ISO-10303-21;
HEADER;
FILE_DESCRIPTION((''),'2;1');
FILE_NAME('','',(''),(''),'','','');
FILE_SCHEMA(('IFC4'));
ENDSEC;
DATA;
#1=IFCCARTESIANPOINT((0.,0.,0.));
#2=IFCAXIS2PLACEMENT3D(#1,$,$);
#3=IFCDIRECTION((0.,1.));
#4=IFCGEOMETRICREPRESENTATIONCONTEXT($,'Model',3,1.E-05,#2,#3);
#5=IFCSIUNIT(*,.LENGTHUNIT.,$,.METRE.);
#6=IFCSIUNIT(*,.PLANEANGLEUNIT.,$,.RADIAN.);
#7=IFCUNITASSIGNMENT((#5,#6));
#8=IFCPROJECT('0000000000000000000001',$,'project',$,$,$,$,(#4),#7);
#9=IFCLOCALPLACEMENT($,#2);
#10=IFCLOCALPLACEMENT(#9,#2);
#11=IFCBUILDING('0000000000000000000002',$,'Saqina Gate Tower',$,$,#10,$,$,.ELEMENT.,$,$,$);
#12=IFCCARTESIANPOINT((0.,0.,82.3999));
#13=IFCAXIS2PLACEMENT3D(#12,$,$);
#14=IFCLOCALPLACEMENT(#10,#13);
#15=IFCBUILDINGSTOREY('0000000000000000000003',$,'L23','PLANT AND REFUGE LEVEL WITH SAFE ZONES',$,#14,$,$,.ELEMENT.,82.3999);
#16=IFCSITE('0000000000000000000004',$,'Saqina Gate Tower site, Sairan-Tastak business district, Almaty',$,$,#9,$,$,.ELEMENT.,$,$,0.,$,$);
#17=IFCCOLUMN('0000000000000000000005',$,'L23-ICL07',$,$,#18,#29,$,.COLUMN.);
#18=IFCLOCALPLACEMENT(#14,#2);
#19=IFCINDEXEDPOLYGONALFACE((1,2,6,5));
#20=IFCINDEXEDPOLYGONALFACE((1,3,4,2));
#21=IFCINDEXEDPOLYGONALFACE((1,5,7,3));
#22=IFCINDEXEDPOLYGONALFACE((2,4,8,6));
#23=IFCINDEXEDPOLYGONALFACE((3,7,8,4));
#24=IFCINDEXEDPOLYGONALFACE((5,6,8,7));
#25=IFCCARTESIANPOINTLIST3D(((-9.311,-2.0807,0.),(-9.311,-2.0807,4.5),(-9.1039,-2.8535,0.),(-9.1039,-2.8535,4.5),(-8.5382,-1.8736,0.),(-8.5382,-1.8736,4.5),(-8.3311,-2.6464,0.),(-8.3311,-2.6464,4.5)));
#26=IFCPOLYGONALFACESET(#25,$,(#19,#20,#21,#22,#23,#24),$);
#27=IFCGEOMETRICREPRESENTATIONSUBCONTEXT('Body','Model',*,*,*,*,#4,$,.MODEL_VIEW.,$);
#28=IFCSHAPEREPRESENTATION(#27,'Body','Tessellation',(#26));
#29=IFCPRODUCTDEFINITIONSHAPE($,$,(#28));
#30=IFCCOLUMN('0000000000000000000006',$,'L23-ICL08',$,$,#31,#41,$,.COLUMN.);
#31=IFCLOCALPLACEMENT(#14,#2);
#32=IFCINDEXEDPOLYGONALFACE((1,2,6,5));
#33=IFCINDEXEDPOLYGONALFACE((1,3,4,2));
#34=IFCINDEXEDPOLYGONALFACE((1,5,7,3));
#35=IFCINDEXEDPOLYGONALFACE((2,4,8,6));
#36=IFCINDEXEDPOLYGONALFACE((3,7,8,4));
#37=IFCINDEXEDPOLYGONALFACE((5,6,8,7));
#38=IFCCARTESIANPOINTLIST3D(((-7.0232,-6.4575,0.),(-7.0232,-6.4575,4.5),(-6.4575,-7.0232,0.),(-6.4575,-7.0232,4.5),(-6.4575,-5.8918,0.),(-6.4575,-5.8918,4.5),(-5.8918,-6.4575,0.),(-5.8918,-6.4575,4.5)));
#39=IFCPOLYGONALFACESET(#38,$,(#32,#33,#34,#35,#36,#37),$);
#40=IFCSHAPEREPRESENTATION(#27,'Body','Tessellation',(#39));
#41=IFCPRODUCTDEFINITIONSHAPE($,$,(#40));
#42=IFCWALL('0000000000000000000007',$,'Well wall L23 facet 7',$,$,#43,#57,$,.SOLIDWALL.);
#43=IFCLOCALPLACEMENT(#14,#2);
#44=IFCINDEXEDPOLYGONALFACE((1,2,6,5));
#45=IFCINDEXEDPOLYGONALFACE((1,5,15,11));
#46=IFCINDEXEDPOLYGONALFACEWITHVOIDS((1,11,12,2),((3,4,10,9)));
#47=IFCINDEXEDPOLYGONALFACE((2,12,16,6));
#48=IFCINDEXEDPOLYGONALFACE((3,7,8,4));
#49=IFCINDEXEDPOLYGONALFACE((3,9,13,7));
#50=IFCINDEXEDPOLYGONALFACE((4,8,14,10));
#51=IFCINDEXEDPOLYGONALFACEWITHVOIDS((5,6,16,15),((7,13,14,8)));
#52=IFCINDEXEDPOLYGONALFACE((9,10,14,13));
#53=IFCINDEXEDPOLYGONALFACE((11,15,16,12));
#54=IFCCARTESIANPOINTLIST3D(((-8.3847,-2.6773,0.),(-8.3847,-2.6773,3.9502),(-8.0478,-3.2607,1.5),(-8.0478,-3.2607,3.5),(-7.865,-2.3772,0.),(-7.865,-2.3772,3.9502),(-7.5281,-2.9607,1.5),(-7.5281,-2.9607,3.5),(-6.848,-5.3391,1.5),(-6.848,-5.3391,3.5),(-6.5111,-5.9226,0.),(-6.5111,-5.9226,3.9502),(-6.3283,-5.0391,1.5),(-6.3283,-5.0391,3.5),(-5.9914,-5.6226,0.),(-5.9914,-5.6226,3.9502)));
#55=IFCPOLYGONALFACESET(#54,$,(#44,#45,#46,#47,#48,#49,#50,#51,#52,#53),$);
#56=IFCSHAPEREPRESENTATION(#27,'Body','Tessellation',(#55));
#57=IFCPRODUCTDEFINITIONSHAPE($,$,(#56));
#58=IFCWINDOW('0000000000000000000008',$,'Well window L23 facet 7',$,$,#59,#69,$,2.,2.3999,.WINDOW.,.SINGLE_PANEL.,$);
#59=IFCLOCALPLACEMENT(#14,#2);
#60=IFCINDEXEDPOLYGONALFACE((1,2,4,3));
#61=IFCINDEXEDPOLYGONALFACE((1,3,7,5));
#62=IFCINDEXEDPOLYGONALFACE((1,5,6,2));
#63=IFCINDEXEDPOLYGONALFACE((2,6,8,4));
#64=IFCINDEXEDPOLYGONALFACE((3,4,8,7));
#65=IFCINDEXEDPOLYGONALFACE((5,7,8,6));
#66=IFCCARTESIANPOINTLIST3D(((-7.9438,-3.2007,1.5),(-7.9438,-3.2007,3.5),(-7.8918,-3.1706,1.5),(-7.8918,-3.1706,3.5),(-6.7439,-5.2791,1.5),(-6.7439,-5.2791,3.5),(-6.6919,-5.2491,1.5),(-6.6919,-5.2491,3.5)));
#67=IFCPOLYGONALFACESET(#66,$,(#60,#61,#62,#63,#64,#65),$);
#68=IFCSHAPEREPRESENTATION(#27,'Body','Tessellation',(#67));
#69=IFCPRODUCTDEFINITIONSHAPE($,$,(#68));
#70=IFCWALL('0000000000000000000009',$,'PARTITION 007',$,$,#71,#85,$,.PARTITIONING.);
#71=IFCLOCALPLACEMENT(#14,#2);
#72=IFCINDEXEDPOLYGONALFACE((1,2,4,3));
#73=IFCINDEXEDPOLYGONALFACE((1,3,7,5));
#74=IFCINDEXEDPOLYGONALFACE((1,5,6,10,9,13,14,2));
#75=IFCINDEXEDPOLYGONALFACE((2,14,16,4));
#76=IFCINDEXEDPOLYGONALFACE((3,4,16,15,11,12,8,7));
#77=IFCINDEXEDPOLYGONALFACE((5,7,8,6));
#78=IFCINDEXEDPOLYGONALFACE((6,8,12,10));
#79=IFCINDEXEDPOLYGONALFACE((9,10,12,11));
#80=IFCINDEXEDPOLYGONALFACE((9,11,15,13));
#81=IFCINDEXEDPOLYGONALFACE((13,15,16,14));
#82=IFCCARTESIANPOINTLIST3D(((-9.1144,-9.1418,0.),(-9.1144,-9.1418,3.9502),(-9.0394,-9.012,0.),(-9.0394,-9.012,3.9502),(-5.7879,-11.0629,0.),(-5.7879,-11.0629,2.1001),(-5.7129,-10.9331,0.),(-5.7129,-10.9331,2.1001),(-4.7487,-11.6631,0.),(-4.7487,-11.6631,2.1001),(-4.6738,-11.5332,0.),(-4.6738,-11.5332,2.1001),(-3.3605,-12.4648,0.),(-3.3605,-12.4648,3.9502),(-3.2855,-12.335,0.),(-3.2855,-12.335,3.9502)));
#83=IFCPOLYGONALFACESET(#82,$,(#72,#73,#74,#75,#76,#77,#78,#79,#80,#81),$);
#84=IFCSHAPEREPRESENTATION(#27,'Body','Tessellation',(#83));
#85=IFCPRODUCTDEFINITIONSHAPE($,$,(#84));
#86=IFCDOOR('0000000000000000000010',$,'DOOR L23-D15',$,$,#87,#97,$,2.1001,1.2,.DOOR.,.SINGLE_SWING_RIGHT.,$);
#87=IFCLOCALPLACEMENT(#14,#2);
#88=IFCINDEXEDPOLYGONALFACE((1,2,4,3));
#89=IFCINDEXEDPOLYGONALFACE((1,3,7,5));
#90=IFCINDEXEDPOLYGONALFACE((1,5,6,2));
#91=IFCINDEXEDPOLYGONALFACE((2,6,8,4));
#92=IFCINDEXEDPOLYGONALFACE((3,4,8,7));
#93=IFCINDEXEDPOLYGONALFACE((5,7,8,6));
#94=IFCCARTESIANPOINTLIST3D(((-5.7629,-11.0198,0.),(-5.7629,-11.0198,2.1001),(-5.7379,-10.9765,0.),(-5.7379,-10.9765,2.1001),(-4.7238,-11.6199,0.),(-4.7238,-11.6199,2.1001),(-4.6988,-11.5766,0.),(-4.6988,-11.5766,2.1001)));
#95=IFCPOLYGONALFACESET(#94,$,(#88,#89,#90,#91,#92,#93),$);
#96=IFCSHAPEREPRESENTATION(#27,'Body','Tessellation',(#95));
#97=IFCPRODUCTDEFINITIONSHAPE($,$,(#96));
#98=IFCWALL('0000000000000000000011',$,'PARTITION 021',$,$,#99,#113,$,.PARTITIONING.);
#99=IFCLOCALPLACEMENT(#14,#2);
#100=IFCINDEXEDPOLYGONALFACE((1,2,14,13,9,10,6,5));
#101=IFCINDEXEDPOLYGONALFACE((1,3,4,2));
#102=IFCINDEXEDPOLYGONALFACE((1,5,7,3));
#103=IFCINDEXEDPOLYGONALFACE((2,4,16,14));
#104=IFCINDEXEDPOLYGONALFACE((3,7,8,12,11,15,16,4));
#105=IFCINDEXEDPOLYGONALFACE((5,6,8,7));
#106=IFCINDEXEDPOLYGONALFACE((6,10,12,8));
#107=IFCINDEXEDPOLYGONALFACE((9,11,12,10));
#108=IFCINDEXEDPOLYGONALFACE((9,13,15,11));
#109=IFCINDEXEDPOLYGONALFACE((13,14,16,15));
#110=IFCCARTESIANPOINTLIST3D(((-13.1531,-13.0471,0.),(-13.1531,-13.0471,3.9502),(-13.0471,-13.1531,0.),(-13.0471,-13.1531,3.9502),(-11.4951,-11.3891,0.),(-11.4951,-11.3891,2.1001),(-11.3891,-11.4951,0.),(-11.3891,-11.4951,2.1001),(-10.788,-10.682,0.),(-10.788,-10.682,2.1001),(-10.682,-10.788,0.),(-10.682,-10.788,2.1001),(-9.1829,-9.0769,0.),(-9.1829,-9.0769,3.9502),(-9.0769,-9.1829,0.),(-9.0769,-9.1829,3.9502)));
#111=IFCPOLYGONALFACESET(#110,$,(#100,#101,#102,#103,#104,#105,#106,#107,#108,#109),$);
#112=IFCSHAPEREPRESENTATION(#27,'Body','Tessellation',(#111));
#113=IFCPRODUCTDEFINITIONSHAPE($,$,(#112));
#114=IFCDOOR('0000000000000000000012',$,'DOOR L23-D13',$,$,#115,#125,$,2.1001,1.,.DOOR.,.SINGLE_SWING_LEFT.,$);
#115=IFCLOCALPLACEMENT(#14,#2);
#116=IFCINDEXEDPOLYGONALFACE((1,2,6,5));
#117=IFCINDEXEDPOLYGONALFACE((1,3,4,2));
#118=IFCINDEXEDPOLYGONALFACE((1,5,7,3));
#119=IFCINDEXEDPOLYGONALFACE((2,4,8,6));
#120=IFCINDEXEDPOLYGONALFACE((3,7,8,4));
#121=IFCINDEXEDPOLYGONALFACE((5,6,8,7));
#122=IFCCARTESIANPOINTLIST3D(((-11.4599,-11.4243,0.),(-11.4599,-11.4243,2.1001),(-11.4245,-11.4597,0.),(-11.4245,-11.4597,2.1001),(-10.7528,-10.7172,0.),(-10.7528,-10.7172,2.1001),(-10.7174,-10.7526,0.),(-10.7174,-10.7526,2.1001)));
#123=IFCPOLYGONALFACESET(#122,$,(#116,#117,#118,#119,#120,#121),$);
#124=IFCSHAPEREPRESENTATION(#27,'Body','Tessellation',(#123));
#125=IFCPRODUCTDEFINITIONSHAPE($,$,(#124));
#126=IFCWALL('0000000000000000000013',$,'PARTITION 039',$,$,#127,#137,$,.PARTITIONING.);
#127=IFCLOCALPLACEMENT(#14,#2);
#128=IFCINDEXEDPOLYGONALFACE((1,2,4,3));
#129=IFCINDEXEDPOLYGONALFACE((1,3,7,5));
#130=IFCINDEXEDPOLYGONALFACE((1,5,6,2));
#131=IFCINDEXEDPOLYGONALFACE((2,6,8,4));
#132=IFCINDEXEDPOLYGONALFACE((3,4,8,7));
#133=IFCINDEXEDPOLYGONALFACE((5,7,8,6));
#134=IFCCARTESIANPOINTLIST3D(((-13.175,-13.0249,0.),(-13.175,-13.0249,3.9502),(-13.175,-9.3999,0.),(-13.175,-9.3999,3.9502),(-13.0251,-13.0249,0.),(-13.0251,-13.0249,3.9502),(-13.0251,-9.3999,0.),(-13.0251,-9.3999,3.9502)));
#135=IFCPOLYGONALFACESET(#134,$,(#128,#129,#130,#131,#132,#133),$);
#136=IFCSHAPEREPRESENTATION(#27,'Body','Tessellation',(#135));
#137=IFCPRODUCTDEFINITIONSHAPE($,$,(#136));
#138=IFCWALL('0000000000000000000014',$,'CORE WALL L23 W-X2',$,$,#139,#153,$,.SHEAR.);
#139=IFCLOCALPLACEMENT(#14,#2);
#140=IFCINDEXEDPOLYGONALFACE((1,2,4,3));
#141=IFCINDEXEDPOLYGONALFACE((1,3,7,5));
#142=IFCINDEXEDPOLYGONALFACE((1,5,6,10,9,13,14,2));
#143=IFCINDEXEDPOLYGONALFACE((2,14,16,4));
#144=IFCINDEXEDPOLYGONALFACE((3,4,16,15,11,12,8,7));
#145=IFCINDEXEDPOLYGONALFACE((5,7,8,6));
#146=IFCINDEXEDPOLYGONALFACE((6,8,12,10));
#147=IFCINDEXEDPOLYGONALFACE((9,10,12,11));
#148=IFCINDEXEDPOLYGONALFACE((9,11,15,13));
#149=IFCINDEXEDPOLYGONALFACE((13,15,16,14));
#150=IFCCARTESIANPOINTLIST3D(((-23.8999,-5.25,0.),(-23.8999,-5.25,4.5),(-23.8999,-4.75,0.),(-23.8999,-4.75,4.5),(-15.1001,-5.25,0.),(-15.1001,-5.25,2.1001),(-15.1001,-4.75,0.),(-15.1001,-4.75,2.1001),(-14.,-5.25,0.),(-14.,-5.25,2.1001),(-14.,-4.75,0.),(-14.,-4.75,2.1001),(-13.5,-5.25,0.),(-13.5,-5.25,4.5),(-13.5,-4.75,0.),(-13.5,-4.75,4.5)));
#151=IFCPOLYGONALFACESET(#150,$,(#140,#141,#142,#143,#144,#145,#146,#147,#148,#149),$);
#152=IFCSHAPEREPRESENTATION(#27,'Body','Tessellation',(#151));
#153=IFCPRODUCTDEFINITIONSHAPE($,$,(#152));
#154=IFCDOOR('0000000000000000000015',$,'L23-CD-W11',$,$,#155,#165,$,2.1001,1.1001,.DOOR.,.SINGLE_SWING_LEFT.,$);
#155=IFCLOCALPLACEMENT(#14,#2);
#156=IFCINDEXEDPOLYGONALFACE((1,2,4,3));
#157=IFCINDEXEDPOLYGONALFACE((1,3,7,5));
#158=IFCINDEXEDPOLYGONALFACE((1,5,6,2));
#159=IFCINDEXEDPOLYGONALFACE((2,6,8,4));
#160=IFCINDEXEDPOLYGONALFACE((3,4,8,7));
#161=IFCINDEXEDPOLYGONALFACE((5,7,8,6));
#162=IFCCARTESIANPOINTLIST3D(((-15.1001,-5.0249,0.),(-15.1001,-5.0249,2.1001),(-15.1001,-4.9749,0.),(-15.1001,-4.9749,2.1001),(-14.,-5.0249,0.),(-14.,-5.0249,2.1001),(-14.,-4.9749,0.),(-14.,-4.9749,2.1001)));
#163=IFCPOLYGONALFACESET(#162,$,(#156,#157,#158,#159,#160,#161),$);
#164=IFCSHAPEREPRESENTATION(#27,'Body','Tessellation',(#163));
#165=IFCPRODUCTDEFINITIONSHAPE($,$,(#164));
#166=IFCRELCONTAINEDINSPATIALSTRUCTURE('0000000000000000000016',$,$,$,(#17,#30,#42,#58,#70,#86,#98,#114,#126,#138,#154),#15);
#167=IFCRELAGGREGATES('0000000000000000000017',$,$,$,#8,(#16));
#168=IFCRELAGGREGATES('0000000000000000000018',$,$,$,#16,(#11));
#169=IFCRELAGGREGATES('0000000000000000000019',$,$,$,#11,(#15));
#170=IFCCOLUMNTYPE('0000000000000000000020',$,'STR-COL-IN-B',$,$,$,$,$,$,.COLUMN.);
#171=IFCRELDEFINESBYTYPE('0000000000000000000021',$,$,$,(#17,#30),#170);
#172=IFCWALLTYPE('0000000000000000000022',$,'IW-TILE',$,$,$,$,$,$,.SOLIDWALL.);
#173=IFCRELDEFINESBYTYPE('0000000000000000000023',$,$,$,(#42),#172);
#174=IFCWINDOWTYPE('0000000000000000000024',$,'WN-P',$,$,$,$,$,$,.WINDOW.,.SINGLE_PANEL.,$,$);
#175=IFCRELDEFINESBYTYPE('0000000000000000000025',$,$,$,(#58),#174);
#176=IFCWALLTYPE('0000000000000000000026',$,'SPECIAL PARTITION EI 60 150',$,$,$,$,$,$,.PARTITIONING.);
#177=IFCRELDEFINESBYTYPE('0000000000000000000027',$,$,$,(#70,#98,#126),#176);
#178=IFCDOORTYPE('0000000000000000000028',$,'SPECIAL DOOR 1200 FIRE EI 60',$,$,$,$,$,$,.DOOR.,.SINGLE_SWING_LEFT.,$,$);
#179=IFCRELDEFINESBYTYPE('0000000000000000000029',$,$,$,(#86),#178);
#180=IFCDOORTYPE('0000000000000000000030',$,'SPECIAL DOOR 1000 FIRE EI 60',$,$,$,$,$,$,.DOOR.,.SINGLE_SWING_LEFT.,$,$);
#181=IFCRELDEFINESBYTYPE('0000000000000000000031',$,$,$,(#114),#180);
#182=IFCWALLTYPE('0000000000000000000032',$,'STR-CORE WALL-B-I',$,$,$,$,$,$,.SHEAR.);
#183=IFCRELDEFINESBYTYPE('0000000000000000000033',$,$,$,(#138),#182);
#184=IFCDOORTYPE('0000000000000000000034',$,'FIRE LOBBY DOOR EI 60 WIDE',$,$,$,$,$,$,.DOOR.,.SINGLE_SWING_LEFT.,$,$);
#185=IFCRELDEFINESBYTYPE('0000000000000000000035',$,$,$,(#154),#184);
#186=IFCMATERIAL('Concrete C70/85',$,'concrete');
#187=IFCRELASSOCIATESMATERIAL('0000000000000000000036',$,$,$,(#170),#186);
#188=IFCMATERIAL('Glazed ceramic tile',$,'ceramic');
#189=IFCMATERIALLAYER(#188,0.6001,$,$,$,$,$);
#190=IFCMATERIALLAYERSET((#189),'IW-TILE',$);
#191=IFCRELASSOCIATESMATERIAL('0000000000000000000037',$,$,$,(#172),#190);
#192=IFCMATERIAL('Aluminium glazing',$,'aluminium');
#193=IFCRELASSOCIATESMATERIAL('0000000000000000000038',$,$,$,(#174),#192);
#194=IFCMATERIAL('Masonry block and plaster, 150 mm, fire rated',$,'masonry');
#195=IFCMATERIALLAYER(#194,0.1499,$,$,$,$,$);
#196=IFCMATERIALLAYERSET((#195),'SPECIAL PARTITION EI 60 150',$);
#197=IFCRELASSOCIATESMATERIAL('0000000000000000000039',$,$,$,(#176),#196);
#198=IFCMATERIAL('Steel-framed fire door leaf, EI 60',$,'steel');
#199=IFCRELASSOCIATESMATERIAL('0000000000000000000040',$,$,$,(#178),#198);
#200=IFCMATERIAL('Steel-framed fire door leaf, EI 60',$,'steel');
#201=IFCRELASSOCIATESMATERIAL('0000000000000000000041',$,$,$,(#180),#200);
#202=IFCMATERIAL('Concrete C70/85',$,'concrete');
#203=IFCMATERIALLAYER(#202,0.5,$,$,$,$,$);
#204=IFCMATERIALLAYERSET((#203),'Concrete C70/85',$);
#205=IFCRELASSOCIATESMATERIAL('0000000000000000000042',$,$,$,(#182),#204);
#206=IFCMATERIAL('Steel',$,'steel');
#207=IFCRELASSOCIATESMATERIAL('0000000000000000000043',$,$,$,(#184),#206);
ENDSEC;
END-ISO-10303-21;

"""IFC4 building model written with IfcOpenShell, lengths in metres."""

from ifc_helpers import new_model, si_unit, direction, frame, frame_2d, origin, origin_2d, place, context, subcontext, project, spatial, rectangle, extrude, material, layer, layer_set, material_profile, profile_set, type_object, element, fill, save


model = new_model("IFC4")

# Units and contexts
model_context = context("Model", 3, precision=1e-05, world=origin(), true_north=direction((0.0, 1.0)))
body_context = subcontext(model_context, "Body", "Model", "MODEL_VIEW")
ifc_project = project(units=[si_unit("LENGTHUNIT", "METRE"), si_unit("PLANEANGLEUNIT", "RADIAN")], contexts=[model_context])

# Site, building, storey
site_placement = place(None, origin())
site = spatial("IfcSite", under=ifc_project, at=site_placement, Name="Saqina Gate Tower site, Sairan-Tastak business district, Almaty", CompositionType="ELEMENT", RefElevation=0.0)
building_placement = place(site_placement, origin())
building = spatial("IfcBuilding", under=site, at=building_placement, Name="Saqina Gate Tower", CompositionType="ELEMENT")
storey_placement = place(building_placement, frame((0.0, 0.0, 82.3999)))
storey = spatial("IfcBuildingStorey", under=building, at=storey_placement, Name="L23", Description="PLANT AND REFUGE LEVEL WITH SAFE ZONES", CompositionType="ELEMENT", Elevation=82.3999)

# Columns
ifc_material_1 = material(Name="Concrete C70/85", Category="concrete")
ifc_material_profile = material_profile(ifc_material_1, rectangle(XDim=0.8, YDim=0.8, at=origin_2d()), Name="RC 800x800")
ifc_profile_set = profile_set([ifc_material_profile], Name="Concrete C70/85")
column_type = type_object("IfcColumnType", Name="STR-COL-IN-B", PredefinedType="COLUMN", material=ifc_profile_set)
for number, where, z_axis, x_axis, name in (
    (1, (-8.821, -2.3635, 0.0), (0.0, 0.0, 1.0), (-0.965926, -0.258819, 0.0), "L23-ICL07"),
    (2, (-6.4575, -6.4575, 0.0), (0.0, 0.0, 1.0), (-0.707107, -0.707107, 0.0), "L23-ICL08"),
):
    element("IfcColumn", number, at=place(storey_placement, frame(where, z_axis=z_axis, x_axis=x_axis)), inside=storey, type_object=column_type, Name=name, PredefinedType="COLUMN", context=body_context, shape_type="SweptSolid", body=[
        extrude(rectangle(XDim=0.8, YDim=0.8, at=origin_2d()), origin(), (0.0, 0.0, 1.0), 4.5),
    ])

# Wall, opening, window
ifc_material_2 = material(Name="Glazed ceramic tile", Category="ceramic")
ifc_layer_1 = layer(ifc_material_2, 0.6001)
ifc_layer_set_1 = layer_set([ifc_layer_1], Name="IW-TILE")
wall_type_1 = type_object("IfcWallType", Name="IW-TILE", PredefinedType="SOLIDWALL", material=ifc_layer_set_1)
wall_1_placement = place(storey_placement, frame((-8.1248, -2.5273, 0.0), z_axis=(0.0, 0.0, 1.0), x_axis=(0.499965, -0.866046, 0.0)))
wall_1 = element("IfcWall", 3, at=wall_1_placement, inside=storey, type_object=wall_type_1, Name="Well wall L23 facet 7", PredefinedType="SOLIDWALL", context=body_context, shape_type="SweptSolid", body=[
    extrude(rectangle(XDim=3.7473, YDim=0.6001, at=frame_2d((1.8735, 0.0))), origin(), (0.0, 0.0, 1.0), 3.9502),
])
opening_1_placement = place(wall_1_placement, frame((0.6736, 0.0, 1.5)))
opening_1 = element("IfcOpeningElement", 4, at=opening_1_placement, cuts=wall_1, PredefinedType="OPENING", context=body_context, shape_type="SweptSolid", body=[
    extrude(rectangle(XDim=2.3999, YDim=2.0, at=frame_2d((1.2, 1.0))), frame((0.0, 0.312, 0.0), z_axis=(0.0, -1.0, 0.0), x_axis=(1.0, 0.0, 0.0)), (0.0, 0.0, 1.0), 0.624),
])
ifc_material_3 = material(Name="Aluminium glazing", Category="aluminium")
window_type = type_object("IfcWindowType", Name="WN-P", PartitioningType="SINGLE_PANEL", PredefinedType="WINDOW", material=ifc_material_3)
window_placement = place(opening_1_placement, origin())
window = element("IfcWindow", 5, at=window_placement, inside=storey, type_object=window_type, Name="Well window L23 facet 7", OverallHeight=2.0, OverallWidth=2.3999, PartitioningType="SINGLE_PANEL", PredefinedType="WINDOW", context=body_context, shape_type="SweptSolid", body=[
    extrude(rectangle(XDim=2.3999, YDim=2.0, at=frame_2d((1.2, 1.0))), frame((0.0, -0.1199, 0.0), z_axis=(0.0, -1.0, 0.0), x_axis=(1.0, 0.0, 0.0)), (0.0, 0.0, 1.0), 0.0601),
])
fill(opening_1, window)

# Walls, openings, doors
ifc_material_4 = material(Name="Masonry block and plaster, 150 mm, fire rated", Category="masonry")
ifc_layer_2 = layer(ifc_material_4, 0.1499)
ifc_layer_set_2 = layer_set([ifc_layer_2], Name="SPECIAL PARTITION EI 60 150")
wall_type_2 = type_object("IfcWallType", Name="SPECIAL PARTITION EI 60 150", PredefinedType="PARTITIONING", material=ifc_layer_set_2)
wall_2_placement = place(storey_placement, frame((-9.0769, -9.0769, 0.0), z_axis=(0.0, 0.0, 1.0), x_axis=(0.865962, -0.50011, 0.0)))
wall_2 = element("IfcWall", 6, at=wall_2_placement, inside=storey, type_object=wall_type_2, Name="PARTITION 007", PredefinedType="PARTITIONING", context=body_context, shape_type="SweptSolid", body=[
    extrude(rectangle(XDim=6.6445, YDim=0.1499, at=frame_2d((3.3223, 0.0))), origin(), (0.0, 0.0, 1.0), 3.9502),
])
opening_2_placement = place(wall_2_placement, frame((3.8413, 0.0, 0.0)))
opening_2 = element("IfcOpeningElement", 7, at=opening_2_placement, cuts=wall_2, PredefinedType="OPENING", context=body_context, shape_type="SweptSolid", body=[
    extrude(rectangle(XDim=1.2, YDim=2.1001, at=frame_2d((0.6001, 1.05))), frame((0.0, 0.0869, 0.0), z_axis=(0.0, -1.0, 0.0), x_axis=(1.0, 0.0, 0.0)), (0.0, 0.0, 1.0), 0.1738),
])
ifc_material_5 = material(Name="Steel-framed fire door leaf, EI 60", Category="steel")
door_type_1 = type_object("IfcDoorType", Name="SPECIAL DOOR 1200 FIRE EI 60", OperationType="SINGLE_SWING_LEFT", PredefinedType="DOOR", material=ifc_material_5)
door_1_placement = place(opening_2_placement, origin())
door_1 = element("IfcDoor", 8, at=door_1_placement, inside=storey, type_object=door_type_1, Name="DOOR L23-D15", OperationType="SINGLE_SWING_RIGHT", OverallHeight=2.1001, OverallWidth=1.2, PredefinedType="DOOR", context=body_context, shape_type="SweptSolid", body=[
    extrude(rectangle(XDim=1.2, YDim=2.1001, at=frame_2d((0.6001, 1.05))), frame((0.0, 0.0249, 0.0), z_axis=(0.0, -1.0, 0.0), x_axis=(1.0, 0.0, 0.0)), (0.0, 0.0, 1.0), 0.05),
])
fill(opening_2, door_1)
wall_3_placement = place(storey_placement, frame((-13.1001, -13.1001, 0.0), z_axis=(0.0, 0.0, 1.0), x_axis=(0.707107, 0.707107, 0.0)))
wall_3 = element("IfcWall", 9, at=wall_3_placement, inside=storey, type_object=wall_type_2, Name="PARTITION 021", PredefinedType="PARTITIONING", context=body_context, shape_type="SweptSolid", body=[
    extrude(rectangle(XDim=5.6147, YDim=0.1499, at=frame_2d((2.8074, 0.0))), origin(), (0.0, 0.0, 1.0), 3.9502),
])
opening_3_placement = place(wall_3_placement, frame((2.3447, 0.0, 0.0)))
opening_3 = element("IfcOpeningElement", 10, at=opening_3_placement, cuts=wall_3, PredefinedType="OPENING", context=body_context, shape_type="SweptSolid", body=[
    extrude(rectangle(XDim=1.0, YDim=2.1001, at=frame_2d((0.5, 1.05))), frame((0.0, 0.0869, 0.0), z_axis=(0.0, -1.0, 0.0), x_axis=(1.0, 0.0, 0.0)), (0.0, 0.0, 1.0), 0.1738),
])
ifc_material_6 = material(Name="Steel-framed fire door leaf, EI 60", Category="steel")
door_type_2 = type_object("IfcDoorType", Name="SPECIAL DOOR 1000 FIRE EI 60", OperationType="SINGLE_SWING_LEFT", PredefinedType="DOOR", material=ifc_material_6)
door_2_placement = place(opening_3_placement, frame((1.0, 0.0, 0.0), z_axis=(0.0, 0.0, 1.0), x_axis=(-1.0, 0.0, 0.0)))
door_2 = element("IfcDoor", 11, at=door_2_placement, inside=storey, type_object=door_type_2, Name="DOOR L23-D13", OperationType="SINGLE_SWING_LEFT", OverallHeight=2.1001, OverallWidth=1.0, PredefinedType="DOOR", context=body_context, shape_type="SweptSolid", body=[
    extrude(rectangle(XDim=1.0, YDim=2.1001, at=frame_2d((0.5, 1.05))), frame((0.0, 0.0249, 0.0), z_axis=(0.0, -1.0, 0.0), x_axis=(1.0, 0.0, 0.0)), (0.0, 0.0, 1.0), 0.05),
])
fill(opening_3, door_2)

# Wall
wall_4_placement = place(storey_placement, frame((-13.1001, -13.0249, 0.0), z_axis=(0.0, 0.0, 1.0), x_axis=(0.0, 1.0, 0.0)))
element("IfcWall", 12, at=wall_4_placement, inside=storey, type_object=wall_type_2, Name="PARTITION 039", PredefinedType="PARTITIONING", context=body_context, shape_type="SweptSolid", body=[
    extrude(rectangle(XDim=3.625, YDim=0.1499, at=frame_2d((1.8125, 0.0))), origin(), (0.0, 0.0, 1.0), 3.9502),
])

# Wall, opening, door
ifc_material_7 = material(Name="Concrete C70/85", Category="concrete")
ifc_layer_3 = layer(ifc_material_7, 0.5)
ifc_layer_set_3 = layer_set([ifc_layer_3], Name="Concrete C70/85")
wall_type_3 = type_object("IfcWallType", Name="STR-CORE WALL-B-I", PredefinedType="SHEAR", material=ifc_layer_set_3)
wall_5_placement = place(storey_placement, frame((-13.5, -5.0, 0.0), z_axis=(0.0, 0.0, 1.0), x_axis=(-1.0, 0.0, 0.0)))
wall_5 = element("IfcWall", 13, at=wall_5_placement, inside=storey, type_object=wall_type_3, Name="CORE WALL L23 W-X2", PredefinedType="SHEAR", context=body_context, shape_type="SweptSolid", body=[
    extrude(rectangle(XDim=10.3999, YDim=0.5, at=frame_2d((5.2, 0.0))), origin(), (0.0, 0.0, 1.0), 4.5),
])
opening_4_placement = place(wall_5_placement, frame((0.5, 0.0, 0.0)))
opening_4 = element("IfcOpeningElement", 14, at=opening_4_placement, cuts=wall_5, PredefinedType="OPENING", context=body_context, shape_type="SweptSolid", body=[
    extrude(rectangle(XDim=1.1001, YDim=2.1001, at=frame_2d((0.55, 1.05))), frame((0.0, 0.262, 0.0), z_axis=(0.0, -1.0, 0.0), x_axis=(1.0, 0.0, 0.0)), (0.0, 0.0, 1.0), 0.5239),
])
ifc_material_8 = material(Name="Steel", Category="steel")
door_type_3 = type_object("IfcDoorType", Name="FIRE LOBBY DOOR EI 60 WIDE", OperationType="SINGLE_SWING_LEFT", PredefinedType="DOOR", material=ifc_material_8)
door_3_placement = place(opening_4_placement, origin())
door_3 = element("IfcDoor", 15, at=door_3_placement, inside=storey, type_object=door_type_3, Name="L23-CD-W11", OperationType="SINGLE_SWING_LEFT", OverallHeight=2.1001, OverallWidth=1.1001, PredefinedType="DOOR", context=body_context, shape_type="SweptSolid", body=[
    extrude(rectangle(XDim=1.1001, YDim=2.1001, at=frame_2d((0.55, 1.05))), frame((0.0, 0.0249, 0.0), z_axis=(0.0, -1.0, 0.0), x_axis=(1.0, 0.0, 0.0)), (0.0, 0.0, 1.0), 0.05),
])
fill(opening_4, door_3)

save(model, "model.ifc")
